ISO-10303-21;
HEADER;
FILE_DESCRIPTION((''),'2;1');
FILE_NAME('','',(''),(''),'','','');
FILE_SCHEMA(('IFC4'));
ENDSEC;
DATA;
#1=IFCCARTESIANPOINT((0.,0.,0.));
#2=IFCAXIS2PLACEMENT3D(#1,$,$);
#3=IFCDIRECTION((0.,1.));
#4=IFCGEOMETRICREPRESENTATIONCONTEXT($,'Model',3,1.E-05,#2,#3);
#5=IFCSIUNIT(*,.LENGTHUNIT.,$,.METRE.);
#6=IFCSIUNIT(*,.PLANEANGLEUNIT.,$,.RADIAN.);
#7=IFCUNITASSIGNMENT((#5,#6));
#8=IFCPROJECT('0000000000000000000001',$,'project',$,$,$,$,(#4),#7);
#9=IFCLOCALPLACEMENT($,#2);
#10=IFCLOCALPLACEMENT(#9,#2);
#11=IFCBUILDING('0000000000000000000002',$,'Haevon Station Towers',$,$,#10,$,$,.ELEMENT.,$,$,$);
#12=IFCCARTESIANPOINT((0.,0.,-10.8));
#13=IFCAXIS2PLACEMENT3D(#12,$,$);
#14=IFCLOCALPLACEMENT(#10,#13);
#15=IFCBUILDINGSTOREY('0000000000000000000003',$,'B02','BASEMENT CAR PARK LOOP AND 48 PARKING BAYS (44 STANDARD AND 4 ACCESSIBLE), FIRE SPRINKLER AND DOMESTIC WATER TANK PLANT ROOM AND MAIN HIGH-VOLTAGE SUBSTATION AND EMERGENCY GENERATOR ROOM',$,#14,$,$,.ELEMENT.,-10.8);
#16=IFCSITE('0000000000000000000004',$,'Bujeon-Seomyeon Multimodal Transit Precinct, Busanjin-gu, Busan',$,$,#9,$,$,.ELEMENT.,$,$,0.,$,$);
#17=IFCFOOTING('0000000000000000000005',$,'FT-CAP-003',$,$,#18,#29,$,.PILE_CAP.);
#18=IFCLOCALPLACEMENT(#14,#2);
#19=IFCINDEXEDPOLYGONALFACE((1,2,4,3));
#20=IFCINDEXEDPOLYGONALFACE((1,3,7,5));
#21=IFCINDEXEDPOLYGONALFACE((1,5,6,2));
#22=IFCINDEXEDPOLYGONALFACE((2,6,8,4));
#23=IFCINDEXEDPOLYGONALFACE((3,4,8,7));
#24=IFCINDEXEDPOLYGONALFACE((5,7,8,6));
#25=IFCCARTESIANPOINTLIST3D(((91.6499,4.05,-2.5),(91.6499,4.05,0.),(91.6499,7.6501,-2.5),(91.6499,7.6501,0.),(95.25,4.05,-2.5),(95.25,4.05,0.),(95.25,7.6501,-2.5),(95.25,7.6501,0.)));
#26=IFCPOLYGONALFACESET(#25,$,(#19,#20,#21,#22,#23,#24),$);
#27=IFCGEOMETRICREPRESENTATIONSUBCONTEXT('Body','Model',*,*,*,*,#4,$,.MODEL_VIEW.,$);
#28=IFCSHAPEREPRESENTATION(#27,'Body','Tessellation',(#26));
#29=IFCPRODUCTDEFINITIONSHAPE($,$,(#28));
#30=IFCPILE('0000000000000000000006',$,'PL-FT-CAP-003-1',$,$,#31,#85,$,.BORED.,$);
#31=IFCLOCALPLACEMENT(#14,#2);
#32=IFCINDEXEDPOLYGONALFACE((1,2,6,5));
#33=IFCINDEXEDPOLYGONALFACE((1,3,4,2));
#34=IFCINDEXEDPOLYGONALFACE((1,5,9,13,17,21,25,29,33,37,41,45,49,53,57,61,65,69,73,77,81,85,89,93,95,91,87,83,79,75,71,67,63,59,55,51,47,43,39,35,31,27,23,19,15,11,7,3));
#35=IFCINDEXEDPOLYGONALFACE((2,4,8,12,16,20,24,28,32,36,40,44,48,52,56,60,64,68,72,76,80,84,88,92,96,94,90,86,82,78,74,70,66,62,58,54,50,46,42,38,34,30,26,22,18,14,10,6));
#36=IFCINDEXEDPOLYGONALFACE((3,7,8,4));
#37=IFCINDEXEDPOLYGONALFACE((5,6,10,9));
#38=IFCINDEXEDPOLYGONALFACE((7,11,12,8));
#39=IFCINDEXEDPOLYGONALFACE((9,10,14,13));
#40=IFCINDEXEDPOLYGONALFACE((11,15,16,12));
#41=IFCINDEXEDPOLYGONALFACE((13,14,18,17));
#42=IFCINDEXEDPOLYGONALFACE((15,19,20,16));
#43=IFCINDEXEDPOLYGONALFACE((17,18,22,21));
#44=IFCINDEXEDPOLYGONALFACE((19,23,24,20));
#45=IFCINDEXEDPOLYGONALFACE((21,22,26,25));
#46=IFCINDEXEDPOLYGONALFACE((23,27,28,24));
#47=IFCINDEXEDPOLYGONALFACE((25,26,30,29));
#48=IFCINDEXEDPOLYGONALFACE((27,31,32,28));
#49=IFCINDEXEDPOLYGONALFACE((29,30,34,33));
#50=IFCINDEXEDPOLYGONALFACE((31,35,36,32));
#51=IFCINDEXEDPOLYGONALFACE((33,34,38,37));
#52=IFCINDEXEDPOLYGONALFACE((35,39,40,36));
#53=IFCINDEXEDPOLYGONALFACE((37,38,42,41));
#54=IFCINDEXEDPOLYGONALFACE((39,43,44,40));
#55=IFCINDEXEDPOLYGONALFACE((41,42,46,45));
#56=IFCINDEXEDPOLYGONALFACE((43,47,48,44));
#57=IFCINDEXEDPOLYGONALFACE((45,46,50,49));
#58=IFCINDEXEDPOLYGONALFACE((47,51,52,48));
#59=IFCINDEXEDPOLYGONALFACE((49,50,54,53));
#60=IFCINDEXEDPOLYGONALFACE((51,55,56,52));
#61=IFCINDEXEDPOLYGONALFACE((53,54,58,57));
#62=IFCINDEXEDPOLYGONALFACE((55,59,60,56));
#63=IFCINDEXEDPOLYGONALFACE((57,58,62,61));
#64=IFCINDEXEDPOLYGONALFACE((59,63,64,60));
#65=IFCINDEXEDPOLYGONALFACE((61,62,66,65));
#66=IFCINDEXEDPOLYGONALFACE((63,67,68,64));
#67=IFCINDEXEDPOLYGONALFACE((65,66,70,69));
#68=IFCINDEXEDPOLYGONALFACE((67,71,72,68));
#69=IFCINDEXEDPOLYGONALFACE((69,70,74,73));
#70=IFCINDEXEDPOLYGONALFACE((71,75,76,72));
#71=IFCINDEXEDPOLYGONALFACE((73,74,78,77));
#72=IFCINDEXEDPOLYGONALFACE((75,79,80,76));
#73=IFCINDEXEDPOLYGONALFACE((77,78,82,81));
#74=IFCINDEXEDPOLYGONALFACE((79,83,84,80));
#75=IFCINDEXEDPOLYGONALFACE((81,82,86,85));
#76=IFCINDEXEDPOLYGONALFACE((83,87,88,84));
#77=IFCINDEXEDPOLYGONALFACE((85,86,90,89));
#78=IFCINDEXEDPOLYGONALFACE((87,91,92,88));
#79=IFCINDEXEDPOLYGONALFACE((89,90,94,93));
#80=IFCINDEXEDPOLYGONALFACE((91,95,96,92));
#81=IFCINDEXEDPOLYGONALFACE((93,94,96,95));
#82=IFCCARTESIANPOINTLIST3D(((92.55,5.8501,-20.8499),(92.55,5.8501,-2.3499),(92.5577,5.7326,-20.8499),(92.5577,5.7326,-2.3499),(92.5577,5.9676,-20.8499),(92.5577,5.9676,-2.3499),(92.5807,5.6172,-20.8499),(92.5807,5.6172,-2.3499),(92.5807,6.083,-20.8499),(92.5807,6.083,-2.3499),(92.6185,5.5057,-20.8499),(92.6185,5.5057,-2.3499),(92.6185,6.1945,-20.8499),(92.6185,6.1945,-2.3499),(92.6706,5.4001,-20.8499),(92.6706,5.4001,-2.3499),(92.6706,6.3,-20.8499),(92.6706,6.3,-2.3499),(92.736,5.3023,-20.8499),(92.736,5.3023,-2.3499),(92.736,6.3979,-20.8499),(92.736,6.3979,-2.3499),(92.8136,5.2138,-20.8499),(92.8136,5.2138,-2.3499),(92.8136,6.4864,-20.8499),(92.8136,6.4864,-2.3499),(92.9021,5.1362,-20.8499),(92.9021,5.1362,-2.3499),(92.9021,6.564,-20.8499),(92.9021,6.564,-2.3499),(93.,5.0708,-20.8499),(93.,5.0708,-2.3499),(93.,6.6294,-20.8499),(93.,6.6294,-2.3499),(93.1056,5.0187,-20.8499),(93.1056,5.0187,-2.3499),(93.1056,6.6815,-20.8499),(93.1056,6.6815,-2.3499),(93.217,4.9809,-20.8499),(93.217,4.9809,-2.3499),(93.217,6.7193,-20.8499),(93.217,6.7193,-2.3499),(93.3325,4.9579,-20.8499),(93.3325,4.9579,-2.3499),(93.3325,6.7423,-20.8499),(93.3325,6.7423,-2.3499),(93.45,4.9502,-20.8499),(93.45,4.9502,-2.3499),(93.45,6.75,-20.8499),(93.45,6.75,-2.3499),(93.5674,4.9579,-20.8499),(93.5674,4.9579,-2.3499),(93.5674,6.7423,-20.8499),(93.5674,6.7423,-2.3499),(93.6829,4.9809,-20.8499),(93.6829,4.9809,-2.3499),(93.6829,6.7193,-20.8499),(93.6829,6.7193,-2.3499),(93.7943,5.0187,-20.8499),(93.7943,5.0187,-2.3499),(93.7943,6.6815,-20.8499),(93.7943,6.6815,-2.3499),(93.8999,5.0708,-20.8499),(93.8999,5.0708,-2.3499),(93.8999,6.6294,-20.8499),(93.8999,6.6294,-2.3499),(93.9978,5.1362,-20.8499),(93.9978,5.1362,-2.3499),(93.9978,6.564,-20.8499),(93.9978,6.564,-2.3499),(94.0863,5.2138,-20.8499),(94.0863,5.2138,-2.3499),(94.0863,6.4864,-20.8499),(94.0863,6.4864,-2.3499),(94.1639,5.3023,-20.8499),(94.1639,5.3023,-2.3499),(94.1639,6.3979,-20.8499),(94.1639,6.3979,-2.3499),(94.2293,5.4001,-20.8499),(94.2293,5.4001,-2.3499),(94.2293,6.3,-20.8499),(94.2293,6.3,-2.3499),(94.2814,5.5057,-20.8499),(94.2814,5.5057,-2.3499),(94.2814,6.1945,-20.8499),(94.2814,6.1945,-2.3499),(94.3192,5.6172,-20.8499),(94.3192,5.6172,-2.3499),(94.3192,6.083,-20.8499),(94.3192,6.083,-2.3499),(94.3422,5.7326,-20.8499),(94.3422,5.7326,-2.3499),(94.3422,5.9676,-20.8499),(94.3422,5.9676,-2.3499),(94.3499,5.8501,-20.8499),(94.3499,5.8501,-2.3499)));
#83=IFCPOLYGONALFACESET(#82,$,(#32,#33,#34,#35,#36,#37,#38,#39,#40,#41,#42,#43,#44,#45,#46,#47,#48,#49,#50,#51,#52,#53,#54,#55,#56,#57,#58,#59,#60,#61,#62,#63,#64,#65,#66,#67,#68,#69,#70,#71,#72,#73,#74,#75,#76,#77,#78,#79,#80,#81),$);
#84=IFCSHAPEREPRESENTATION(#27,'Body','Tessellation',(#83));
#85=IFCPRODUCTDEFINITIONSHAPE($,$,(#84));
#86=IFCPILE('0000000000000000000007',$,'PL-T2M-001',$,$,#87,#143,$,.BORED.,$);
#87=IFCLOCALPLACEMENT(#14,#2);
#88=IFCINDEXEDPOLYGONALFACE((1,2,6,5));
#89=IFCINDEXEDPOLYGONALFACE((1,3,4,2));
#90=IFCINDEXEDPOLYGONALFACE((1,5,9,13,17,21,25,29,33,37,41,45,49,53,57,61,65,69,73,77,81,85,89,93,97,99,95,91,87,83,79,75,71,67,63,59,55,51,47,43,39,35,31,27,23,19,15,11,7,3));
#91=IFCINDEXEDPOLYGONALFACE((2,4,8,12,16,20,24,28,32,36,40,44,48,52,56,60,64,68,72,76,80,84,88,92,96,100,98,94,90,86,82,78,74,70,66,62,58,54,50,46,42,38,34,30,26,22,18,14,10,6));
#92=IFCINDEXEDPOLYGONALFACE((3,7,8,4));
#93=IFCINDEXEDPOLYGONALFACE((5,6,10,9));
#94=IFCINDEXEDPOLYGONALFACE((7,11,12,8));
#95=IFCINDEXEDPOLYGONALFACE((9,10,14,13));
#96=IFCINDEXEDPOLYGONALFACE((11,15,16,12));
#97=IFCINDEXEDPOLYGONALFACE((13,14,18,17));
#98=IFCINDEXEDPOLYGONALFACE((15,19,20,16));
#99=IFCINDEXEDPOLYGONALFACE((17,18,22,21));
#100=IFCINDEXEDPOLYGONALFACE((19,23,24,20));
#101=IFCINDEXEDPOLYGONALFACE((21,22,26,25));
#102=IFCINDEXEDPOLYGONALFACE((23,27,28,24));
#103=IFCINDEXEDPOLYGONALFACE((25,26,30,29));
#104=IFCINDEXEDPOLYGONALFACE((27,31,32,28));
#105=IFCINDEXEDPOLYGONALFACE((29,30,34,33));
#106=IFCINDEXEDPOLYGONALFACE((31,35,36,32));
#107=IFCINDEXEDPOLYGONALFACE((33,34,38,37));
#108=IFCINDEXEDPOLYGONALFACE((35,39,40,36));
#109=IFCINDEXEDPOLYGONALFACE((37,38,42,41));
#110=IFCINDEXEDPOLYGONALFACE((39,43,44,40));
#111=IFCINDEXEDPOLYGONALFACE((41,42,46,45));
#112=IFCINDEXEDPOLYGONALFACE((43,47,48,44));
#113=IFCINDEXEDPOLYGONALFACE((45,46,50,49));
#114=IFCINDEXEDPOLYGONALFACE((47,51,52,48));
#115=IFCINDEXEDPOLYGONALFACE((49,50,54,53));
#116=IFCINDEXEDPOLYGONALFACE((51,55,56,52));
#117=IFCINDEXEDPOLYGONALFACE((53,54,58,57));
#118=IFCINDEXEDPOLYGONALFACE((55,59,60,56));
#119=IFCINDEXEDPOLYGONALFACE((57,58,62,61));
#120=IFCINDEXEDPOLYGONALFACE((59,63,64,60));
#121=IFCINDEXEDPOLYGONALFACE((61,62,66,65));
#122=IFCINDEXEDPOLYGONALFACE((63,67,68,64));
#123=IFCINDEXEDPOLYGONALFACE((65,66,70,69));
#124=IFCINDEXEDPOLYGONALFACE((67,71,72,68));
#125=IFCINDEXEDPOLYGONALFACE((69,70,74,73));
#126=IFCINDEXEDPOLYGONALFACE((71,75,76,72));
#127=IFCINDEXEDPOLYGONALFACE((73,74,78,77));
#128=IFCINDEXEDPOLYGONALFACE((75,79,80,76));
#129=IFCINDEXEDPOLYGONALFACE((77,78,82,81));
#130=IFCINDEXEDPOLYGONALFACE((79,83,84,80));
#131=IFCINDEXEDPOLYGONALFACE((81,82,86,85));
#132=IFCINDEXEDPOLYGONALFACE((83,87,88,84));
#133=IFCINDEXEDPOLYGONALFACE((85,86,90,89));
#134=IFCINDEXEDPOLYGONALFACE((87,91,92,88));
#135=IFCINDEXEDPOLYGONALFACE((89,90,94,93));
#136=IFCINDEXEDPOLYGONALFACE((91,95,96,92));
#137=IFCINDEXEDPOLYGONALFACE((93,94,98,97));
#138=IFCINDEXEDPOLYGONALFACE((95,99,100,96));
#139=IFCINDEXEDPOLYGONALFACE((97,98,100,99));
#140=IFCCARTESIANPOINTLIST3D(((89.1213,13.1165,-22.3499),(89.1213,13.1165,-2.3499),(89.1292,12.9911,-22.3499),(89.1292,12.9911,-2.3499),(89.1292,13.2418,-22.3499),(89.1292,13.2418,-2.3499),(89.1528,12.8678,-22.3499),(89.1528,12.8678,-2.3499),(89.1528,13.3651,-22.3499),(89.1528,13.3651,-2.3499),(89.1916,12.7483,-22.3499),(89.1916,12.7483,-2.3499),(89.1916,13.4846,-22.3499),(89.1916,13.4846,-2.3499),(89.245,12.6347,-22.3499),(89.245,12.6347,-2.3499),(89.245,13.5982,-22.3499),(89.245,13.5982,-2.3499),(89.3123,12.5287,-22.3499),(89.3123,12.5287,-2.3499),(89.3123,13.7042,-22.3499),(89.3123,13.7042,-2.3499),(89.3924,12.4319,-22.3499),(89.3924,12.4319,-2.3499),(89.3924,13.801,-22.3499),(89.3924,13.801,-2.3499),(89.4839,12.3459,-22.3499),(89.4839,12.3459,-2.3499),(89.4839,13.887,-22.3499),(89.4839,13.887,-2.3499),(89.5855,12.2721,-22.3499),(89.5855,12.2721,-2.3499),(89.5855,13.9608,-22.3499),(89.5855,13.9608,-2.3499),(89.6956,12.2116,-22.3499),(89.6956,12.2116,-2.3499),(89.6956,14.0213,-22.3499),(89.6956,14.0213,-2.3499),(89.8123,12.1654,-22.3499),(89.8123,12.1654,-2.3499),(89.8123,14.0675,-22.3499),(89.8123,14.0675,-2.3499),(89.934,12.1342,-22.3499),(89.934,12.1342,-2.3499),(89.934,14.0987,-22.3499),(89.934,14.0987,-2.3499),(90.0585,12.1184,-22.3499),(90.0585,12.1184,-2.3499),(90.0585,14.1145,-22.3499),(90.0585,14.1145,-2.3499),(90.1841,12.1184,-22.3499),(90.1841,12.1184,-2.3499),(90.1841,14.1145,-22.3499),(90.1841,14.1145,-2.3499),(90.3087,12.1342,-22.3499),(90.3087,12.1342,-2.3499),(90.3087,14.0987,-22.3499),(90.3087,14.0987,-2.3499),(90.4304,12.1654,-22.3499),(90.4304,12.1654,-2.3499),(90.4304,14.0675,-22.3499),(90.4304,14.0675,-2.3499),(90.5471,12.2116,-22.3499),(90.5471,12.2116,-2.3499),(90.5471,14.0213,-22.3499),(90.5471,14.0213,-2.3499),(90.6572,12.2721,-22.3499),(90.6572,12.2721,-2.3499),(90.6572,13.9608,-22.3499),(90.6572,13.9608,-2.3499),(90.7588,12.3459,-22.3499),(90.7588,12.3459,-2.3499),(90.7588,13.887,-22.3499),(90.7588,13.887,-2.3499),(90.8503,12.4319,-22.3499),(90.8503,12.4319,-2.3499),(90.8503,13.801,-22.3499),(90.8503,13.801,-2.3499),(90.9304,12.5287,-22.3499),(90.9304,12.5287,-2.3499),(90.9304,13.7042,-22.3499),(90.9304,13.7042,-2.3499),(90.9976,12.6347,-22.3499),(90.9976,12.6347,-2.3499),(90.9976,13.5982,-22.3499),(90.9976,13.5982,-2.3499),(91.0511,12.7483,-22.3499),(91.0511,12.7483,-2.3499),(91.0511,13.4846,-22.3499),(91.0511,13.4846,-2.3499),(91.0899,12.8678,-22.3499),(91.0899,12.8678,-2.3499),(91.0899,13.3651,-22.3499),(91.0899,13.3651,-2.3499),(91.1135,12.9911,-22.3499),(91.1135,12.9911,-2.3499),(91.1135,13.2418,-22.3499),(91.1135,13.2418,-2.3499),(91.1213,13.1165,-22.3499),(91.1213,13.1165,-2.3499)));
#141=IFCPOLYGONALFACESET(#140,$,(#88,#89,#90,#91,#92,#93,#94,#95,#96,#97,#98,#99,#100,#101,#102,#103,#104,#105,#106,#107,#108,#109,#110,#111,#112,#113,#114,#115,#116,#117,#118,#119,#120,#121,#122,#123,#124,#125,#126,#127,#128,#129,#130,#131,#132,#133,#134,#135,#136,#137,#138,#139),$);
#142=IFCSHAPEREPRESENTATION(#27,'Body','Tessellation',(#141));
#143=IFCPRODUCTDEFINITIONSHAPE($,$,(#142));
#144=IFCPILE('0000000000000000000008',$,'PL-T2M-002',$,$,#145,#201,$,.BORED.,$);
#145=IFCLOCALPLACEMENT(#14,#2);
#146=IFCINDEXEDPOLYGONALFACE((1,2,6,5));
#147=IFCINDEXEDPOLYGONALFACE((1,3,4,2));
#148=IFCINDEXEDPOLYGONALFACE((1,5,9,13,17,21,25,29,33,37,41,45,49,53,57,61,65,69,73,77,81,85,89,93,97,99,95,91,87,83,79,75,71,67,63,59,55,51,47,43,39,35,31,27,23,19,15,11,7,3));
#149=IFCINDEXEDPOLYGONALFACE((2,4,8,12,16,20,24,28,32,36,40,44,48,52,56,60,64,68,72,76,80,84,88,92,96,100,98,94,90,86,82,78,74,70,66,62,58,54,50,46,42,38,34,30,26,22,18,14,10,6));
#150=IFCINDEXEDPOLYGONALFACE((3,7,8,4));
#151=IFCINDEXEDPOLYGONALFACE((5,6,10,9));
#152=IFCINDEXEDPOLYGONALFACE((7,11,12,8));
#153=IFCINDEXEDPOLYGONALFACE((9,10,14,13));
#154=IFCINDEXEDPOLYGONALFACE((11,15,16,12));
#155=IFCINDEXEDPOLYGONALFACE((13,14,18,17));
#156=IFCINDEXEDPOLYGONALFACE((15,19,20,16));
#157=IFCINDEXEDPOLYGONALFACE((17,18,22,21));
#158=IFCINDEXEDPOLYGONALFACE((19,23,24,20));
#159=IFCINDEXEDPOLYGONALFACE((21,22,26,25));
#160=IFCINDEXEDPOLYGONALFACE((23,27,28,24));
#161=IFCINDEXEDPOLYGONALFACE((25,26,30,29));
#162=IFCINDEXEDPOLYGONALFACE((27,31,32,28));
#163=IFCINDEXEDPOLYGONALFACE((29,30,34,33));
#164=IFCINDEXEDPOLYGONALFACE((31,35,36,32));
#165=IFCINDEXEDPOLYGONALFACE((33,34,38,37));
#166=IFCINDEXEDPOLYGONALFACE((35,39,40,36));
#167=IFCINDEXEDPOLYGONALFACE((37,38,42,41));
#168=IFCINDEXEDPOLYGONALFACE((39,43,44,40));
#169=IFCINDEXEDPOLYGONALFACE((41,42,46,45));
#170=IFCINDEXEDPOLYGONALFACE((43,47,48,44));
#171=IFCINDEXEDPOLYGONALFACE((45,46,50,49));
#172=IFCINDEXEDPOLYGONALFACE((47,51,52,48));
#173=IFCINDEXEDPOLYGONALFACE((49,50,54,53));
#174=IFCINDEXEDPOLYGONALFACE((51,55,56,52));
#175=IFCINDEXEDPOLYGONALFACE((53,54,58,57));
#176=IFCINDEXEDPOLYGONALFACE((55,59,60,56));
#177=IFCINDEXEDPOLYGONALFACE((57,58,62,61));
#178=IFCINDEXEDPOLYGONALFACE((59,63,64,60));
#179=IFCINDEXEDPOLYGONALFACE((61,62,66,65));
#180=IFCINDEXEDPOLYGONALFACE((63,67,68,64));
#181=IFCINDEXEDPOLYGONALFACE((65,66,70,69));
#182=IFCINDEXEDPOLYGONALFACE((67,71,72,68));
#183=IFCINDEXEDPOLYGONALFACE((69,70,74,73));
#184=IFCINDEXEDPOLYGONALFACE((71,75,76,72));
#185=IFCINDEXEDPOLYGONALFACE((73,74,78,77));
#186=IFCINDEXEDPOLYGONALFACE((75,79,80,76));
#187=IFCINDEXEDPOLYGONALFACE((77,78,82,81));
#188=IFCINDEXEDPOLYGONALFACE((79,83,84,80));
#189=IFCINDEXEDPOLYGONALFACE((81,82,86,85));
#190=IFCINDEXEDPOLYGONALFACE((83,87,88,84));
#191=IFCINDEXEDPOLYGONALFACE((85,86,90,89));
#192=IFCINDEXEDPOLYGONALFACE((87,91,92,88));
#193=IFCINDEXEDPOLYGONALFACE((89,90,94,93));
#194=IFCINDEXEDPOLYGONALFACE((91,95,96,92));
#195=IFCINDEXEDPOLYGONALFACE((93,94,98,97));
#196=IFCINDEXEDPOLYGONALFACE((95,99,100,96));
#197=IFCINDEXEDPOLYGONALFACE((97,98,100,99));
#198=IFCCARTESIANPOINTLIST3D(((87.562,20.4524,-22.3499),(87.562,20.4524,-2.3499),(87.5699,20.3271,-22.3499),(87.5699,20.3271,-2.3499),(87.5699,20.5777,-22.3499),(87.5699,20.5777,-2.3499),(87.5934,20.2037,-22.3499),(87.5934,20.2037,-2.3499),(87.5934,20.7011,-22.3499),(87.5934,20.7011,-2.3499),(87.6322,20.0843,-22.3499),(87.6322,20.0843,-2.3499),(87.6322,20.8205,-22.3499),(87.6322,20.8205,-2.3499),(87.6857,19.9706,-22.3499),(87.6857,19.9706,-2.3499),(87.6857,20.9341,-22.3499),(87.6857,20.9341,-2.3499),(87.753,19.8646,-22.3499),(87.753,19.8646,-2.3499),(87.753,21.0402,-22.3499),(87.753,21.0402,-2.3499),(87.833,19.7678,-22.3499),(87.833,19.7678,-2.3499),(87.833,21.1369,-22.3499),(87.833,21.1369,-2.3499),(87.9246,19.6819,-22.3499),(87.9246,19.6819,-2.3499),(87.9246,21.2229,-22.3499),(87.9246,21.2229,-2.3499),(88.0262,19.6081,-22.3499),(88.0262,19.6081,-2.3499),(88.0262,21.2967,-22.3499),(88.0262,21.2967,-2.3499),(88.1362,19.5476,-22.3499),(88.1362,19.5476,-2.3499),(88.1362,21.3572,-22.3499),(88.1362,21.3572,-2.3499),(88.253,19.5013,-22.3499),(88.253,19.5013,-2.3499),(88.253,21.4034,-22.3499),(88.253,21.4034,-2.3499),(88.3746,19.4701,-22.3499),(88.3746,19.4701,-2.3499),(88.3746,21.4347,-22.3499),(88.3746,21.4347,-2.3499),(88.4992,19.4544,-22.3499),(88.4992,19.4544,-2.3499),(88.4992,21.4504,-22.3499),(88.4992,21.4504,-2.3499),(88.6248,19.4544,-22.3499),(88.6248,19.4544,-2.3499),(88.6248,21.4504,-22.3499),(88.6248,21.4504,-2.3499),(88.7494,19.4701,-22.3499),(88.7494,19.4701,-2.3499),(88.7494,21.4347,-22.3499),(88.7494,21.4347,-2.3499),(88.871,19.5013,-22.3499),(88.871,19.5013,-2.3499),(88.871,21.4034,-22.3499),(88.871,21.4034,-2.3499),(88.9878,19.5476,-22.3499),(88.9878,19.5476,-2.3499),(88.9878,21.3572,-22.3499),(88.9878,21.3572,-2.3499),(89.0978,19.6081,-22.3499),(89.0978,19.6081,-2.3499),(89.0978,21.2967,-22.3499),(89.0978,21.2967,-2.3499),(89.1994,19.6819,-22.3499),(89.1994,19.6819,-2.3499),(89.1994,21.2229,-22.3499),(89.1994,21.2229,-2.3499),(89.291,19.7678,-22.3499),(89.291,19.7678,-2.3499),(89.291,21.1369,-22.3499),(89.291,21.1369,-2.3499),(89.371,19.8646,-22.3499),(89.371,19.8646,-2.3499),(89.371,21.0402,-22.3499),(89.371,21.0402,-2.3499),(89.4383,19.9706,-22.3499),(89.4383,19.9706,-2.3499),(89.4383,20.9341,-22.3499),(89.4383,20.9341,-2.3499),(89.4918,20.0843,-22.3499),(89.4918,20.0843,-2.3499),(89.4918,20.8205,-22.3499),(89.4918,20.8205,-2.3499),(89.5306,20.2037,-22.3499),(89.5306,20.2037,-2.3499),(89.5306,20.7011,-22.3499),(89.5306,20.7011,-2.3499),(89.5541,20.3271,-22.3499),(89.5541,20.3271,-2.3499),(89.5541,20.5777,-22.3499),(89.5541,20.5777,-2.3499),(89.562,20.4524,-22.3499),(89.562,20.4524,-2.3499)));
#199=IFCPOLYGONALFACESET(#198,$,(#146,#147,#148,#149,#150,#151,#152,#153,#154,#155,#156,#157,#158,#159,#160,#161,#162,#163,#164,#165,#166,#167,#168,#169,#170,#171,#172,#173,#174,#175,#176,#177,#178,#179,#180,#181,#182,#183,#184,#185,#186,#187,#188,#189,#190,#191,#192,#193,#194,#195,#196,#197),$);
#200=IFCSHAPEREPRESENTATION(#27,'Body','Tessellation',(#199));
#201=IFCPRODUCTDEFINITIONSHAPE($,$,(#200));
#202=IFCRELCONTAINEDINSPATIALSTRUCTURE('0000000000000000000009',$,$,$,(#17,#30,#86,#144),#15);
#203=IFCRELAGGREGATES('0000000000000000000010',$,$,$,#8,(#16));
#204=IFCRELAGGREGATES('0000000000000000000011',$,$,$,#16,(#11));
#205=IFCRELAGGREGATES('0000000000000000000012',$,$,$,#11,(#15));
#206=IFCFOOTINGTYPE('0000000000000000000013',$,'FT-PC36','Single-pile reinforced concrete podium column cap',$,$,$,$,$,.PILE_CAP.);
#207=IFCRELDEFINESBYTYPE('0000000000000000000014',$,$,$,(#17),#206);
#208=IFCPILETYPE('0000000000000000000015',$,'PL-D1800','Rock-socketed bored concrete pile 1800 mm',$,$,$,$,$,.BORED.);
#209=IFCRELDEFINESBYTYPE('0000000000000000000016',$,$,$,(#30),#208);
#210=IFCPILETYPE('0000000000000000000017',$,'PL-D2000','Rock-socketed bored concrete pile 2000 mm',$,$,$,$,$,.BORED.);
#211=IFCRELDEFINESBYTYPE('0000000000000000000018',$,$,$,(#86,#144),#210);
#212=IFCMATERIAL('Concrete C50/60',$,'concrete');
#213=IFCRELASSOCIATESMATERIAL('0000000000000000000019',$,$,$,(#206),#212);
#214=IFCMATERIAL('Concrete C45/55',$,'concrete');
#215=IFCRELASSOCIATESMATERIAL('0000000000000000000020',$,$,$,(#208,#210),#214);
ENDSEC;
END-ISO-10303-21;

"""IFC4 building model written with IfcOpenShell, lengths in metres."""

from ifc_helpers import new_model, si_unit, direction, frame, origin, origin_2d, place, context, subcontext, project, spatial, rectangle, circle, extrude, material, material_profile, profile_set, type_object, element, save


model = new_model("IFC4")

# Units and contexts
model_context = context("Model", 3, precision=1e-05, world=origin(), true_north=direction((0.0, 1.0)))
body_context = subcontext(model_context, "Body", "Model", "MODEL_VIEW")
ifc_project = project(units=[si_unit("LENGTHUNIT", "METRE"), si_unit("PLANEANGLEUNIT", "RADIAN")], contexts=[model_context])

# Site, building, storey
site_placement = place(None, origin())
site = spatial("IfcSite", under=ifc_project, at=site_placement, Name="Bujeon-Seomyeon Multimodal Transit Precinct, Busanjin-gu, Busan", CompositionType="ELEMENT", RefElevation=0.0)
building_placement = place(site_placement, origin())
building = spatial("IfcBuilding", under=site, at=building_placement, Name="Haevon Station Towers", CompositionType="ELEMENT")
storey_placement = place(building_placement, frame((0.0, 0.0, -10.8)))
storey = spatial("IfcBuildingStorey", under=building, at=storey_placement, Name="B02", Description="BASEMENT CAR PARK LOOP AND 48 PARKING BAYS (44 STANDARD AND 4 ACCESSIBLE), FIRE SPRINKLER AND DOMESTIC WATER TANK PLANT ROOM AND MAIN HIGH-VOLTAGE SUBSTATION AND EMERGENCY GENERATOR ROOM", CompositionType="ELEMENT", Elevation=-10.8)

# Footing
ifc_material_1 = material(Name="Concrete C50/60", Category="concrete")
footing_type = type_object("IfcFootingType", Name="FT-PC36", Description="Single-pile reinforced concrete podium column cap", PredefinedType="PILE_CAP", material=ifc_material_1)
footing_placement = place(storey_placement, frame((93.45, 5.8501, -2.5), z_axis=(0.0, 0.0, 1.0), x_axis=(1.0, 0.0, 0.0)))
element("IfcFooting", 1, at=footing_placement, inside=storey, type_object=footing_type, Name="FT-CAP-003", PredefinedType="PILE_CAP", context=body_context, shape_type="SweptSolid", body=[
    extrude(rectangle(XDim=3.6001, YDim=3.6001, at=origin_2d()), origin(), (0.0, 0.0, 1.0), 2.5),
])

# Piles
ifc_material_2 = material(Name="Concrete C45/55", Category="concrete")
ifc_material_profile_1 = material_profile(ifc_material_2, circle(Radius=0.8999, at=origin_2d()), Name="PILE-D1800")
ifc_profile_set_1 = profile_set([ifc_material_profile_1], Name="Concrete C45/55")
pile_type_1 = type_object("IfcPileType", Name="PL-D1800", Description="Rock-socketed bored concrete pile 1800 mm", PredefinedType="BORED", material=ifc_profile_set_1)
pile_placement = place(storey_placement, frame((93.45, 5.8501, -2.3499), z_axis=(0.0, 0.0, -1.0), x_axis=(1.0, 0.0, 0.0)))
element("IfcPile", 2, at=pile_placement, inside=storey, type_object=pile_type_1, Name="PL-FT-CAP-003-1", PredefinedType="BORED", context=body_context, shape_type="SweptSolid", body=[
    extrude(circle(Radius=0.8999, at=origin_2d()), origin(), (0.0, 0.0, 1.0), 18.5),
])
ifc_material_profile_2 = material_profile(ifc_material_2, circle(Radius=1.0, at=origin_2d()), Name="PILE-D2000")
ifc_profile_set_2 = profile_set([ifc_material_profile_2], Name="Concrete C45/55")
pile_type_2 = type_object("IfcPileType", Name="PL-D2000", Description="Rock-socketed bored concrete pile 2000 mm", PredefinedType="BORED", material=ifc_profile_set_2)
for number, where, z_axis, x_axis, name in (
    (3, (90.1213, 13.1165, -2.3499), (0.0, 0.0, -1.0), (1.0, 0.0, 0.0), "PL-T2M-001"),
    (4, (88.562, 20.4524, -2.3499), (0.0, 0.0, -1.0), (1.0, 0.0, 0.0), "PL-T2M-002"),
):
    element("IfcPile", number, at=place(storey_placement, frame(where, z_axis=z_axis, x_axis=x_axis)), inside=storey, type_object=pile_type_2, Name=name, PredefinedType="BORED", context=body_context, shape_type="SweptSolid", body=[
        extrude(circle(Radius=1.0, at=origin_2d()), origin(), (0.0, 0.0, 1.0), 20.0),
    ])

save(model, "model.ifc")
